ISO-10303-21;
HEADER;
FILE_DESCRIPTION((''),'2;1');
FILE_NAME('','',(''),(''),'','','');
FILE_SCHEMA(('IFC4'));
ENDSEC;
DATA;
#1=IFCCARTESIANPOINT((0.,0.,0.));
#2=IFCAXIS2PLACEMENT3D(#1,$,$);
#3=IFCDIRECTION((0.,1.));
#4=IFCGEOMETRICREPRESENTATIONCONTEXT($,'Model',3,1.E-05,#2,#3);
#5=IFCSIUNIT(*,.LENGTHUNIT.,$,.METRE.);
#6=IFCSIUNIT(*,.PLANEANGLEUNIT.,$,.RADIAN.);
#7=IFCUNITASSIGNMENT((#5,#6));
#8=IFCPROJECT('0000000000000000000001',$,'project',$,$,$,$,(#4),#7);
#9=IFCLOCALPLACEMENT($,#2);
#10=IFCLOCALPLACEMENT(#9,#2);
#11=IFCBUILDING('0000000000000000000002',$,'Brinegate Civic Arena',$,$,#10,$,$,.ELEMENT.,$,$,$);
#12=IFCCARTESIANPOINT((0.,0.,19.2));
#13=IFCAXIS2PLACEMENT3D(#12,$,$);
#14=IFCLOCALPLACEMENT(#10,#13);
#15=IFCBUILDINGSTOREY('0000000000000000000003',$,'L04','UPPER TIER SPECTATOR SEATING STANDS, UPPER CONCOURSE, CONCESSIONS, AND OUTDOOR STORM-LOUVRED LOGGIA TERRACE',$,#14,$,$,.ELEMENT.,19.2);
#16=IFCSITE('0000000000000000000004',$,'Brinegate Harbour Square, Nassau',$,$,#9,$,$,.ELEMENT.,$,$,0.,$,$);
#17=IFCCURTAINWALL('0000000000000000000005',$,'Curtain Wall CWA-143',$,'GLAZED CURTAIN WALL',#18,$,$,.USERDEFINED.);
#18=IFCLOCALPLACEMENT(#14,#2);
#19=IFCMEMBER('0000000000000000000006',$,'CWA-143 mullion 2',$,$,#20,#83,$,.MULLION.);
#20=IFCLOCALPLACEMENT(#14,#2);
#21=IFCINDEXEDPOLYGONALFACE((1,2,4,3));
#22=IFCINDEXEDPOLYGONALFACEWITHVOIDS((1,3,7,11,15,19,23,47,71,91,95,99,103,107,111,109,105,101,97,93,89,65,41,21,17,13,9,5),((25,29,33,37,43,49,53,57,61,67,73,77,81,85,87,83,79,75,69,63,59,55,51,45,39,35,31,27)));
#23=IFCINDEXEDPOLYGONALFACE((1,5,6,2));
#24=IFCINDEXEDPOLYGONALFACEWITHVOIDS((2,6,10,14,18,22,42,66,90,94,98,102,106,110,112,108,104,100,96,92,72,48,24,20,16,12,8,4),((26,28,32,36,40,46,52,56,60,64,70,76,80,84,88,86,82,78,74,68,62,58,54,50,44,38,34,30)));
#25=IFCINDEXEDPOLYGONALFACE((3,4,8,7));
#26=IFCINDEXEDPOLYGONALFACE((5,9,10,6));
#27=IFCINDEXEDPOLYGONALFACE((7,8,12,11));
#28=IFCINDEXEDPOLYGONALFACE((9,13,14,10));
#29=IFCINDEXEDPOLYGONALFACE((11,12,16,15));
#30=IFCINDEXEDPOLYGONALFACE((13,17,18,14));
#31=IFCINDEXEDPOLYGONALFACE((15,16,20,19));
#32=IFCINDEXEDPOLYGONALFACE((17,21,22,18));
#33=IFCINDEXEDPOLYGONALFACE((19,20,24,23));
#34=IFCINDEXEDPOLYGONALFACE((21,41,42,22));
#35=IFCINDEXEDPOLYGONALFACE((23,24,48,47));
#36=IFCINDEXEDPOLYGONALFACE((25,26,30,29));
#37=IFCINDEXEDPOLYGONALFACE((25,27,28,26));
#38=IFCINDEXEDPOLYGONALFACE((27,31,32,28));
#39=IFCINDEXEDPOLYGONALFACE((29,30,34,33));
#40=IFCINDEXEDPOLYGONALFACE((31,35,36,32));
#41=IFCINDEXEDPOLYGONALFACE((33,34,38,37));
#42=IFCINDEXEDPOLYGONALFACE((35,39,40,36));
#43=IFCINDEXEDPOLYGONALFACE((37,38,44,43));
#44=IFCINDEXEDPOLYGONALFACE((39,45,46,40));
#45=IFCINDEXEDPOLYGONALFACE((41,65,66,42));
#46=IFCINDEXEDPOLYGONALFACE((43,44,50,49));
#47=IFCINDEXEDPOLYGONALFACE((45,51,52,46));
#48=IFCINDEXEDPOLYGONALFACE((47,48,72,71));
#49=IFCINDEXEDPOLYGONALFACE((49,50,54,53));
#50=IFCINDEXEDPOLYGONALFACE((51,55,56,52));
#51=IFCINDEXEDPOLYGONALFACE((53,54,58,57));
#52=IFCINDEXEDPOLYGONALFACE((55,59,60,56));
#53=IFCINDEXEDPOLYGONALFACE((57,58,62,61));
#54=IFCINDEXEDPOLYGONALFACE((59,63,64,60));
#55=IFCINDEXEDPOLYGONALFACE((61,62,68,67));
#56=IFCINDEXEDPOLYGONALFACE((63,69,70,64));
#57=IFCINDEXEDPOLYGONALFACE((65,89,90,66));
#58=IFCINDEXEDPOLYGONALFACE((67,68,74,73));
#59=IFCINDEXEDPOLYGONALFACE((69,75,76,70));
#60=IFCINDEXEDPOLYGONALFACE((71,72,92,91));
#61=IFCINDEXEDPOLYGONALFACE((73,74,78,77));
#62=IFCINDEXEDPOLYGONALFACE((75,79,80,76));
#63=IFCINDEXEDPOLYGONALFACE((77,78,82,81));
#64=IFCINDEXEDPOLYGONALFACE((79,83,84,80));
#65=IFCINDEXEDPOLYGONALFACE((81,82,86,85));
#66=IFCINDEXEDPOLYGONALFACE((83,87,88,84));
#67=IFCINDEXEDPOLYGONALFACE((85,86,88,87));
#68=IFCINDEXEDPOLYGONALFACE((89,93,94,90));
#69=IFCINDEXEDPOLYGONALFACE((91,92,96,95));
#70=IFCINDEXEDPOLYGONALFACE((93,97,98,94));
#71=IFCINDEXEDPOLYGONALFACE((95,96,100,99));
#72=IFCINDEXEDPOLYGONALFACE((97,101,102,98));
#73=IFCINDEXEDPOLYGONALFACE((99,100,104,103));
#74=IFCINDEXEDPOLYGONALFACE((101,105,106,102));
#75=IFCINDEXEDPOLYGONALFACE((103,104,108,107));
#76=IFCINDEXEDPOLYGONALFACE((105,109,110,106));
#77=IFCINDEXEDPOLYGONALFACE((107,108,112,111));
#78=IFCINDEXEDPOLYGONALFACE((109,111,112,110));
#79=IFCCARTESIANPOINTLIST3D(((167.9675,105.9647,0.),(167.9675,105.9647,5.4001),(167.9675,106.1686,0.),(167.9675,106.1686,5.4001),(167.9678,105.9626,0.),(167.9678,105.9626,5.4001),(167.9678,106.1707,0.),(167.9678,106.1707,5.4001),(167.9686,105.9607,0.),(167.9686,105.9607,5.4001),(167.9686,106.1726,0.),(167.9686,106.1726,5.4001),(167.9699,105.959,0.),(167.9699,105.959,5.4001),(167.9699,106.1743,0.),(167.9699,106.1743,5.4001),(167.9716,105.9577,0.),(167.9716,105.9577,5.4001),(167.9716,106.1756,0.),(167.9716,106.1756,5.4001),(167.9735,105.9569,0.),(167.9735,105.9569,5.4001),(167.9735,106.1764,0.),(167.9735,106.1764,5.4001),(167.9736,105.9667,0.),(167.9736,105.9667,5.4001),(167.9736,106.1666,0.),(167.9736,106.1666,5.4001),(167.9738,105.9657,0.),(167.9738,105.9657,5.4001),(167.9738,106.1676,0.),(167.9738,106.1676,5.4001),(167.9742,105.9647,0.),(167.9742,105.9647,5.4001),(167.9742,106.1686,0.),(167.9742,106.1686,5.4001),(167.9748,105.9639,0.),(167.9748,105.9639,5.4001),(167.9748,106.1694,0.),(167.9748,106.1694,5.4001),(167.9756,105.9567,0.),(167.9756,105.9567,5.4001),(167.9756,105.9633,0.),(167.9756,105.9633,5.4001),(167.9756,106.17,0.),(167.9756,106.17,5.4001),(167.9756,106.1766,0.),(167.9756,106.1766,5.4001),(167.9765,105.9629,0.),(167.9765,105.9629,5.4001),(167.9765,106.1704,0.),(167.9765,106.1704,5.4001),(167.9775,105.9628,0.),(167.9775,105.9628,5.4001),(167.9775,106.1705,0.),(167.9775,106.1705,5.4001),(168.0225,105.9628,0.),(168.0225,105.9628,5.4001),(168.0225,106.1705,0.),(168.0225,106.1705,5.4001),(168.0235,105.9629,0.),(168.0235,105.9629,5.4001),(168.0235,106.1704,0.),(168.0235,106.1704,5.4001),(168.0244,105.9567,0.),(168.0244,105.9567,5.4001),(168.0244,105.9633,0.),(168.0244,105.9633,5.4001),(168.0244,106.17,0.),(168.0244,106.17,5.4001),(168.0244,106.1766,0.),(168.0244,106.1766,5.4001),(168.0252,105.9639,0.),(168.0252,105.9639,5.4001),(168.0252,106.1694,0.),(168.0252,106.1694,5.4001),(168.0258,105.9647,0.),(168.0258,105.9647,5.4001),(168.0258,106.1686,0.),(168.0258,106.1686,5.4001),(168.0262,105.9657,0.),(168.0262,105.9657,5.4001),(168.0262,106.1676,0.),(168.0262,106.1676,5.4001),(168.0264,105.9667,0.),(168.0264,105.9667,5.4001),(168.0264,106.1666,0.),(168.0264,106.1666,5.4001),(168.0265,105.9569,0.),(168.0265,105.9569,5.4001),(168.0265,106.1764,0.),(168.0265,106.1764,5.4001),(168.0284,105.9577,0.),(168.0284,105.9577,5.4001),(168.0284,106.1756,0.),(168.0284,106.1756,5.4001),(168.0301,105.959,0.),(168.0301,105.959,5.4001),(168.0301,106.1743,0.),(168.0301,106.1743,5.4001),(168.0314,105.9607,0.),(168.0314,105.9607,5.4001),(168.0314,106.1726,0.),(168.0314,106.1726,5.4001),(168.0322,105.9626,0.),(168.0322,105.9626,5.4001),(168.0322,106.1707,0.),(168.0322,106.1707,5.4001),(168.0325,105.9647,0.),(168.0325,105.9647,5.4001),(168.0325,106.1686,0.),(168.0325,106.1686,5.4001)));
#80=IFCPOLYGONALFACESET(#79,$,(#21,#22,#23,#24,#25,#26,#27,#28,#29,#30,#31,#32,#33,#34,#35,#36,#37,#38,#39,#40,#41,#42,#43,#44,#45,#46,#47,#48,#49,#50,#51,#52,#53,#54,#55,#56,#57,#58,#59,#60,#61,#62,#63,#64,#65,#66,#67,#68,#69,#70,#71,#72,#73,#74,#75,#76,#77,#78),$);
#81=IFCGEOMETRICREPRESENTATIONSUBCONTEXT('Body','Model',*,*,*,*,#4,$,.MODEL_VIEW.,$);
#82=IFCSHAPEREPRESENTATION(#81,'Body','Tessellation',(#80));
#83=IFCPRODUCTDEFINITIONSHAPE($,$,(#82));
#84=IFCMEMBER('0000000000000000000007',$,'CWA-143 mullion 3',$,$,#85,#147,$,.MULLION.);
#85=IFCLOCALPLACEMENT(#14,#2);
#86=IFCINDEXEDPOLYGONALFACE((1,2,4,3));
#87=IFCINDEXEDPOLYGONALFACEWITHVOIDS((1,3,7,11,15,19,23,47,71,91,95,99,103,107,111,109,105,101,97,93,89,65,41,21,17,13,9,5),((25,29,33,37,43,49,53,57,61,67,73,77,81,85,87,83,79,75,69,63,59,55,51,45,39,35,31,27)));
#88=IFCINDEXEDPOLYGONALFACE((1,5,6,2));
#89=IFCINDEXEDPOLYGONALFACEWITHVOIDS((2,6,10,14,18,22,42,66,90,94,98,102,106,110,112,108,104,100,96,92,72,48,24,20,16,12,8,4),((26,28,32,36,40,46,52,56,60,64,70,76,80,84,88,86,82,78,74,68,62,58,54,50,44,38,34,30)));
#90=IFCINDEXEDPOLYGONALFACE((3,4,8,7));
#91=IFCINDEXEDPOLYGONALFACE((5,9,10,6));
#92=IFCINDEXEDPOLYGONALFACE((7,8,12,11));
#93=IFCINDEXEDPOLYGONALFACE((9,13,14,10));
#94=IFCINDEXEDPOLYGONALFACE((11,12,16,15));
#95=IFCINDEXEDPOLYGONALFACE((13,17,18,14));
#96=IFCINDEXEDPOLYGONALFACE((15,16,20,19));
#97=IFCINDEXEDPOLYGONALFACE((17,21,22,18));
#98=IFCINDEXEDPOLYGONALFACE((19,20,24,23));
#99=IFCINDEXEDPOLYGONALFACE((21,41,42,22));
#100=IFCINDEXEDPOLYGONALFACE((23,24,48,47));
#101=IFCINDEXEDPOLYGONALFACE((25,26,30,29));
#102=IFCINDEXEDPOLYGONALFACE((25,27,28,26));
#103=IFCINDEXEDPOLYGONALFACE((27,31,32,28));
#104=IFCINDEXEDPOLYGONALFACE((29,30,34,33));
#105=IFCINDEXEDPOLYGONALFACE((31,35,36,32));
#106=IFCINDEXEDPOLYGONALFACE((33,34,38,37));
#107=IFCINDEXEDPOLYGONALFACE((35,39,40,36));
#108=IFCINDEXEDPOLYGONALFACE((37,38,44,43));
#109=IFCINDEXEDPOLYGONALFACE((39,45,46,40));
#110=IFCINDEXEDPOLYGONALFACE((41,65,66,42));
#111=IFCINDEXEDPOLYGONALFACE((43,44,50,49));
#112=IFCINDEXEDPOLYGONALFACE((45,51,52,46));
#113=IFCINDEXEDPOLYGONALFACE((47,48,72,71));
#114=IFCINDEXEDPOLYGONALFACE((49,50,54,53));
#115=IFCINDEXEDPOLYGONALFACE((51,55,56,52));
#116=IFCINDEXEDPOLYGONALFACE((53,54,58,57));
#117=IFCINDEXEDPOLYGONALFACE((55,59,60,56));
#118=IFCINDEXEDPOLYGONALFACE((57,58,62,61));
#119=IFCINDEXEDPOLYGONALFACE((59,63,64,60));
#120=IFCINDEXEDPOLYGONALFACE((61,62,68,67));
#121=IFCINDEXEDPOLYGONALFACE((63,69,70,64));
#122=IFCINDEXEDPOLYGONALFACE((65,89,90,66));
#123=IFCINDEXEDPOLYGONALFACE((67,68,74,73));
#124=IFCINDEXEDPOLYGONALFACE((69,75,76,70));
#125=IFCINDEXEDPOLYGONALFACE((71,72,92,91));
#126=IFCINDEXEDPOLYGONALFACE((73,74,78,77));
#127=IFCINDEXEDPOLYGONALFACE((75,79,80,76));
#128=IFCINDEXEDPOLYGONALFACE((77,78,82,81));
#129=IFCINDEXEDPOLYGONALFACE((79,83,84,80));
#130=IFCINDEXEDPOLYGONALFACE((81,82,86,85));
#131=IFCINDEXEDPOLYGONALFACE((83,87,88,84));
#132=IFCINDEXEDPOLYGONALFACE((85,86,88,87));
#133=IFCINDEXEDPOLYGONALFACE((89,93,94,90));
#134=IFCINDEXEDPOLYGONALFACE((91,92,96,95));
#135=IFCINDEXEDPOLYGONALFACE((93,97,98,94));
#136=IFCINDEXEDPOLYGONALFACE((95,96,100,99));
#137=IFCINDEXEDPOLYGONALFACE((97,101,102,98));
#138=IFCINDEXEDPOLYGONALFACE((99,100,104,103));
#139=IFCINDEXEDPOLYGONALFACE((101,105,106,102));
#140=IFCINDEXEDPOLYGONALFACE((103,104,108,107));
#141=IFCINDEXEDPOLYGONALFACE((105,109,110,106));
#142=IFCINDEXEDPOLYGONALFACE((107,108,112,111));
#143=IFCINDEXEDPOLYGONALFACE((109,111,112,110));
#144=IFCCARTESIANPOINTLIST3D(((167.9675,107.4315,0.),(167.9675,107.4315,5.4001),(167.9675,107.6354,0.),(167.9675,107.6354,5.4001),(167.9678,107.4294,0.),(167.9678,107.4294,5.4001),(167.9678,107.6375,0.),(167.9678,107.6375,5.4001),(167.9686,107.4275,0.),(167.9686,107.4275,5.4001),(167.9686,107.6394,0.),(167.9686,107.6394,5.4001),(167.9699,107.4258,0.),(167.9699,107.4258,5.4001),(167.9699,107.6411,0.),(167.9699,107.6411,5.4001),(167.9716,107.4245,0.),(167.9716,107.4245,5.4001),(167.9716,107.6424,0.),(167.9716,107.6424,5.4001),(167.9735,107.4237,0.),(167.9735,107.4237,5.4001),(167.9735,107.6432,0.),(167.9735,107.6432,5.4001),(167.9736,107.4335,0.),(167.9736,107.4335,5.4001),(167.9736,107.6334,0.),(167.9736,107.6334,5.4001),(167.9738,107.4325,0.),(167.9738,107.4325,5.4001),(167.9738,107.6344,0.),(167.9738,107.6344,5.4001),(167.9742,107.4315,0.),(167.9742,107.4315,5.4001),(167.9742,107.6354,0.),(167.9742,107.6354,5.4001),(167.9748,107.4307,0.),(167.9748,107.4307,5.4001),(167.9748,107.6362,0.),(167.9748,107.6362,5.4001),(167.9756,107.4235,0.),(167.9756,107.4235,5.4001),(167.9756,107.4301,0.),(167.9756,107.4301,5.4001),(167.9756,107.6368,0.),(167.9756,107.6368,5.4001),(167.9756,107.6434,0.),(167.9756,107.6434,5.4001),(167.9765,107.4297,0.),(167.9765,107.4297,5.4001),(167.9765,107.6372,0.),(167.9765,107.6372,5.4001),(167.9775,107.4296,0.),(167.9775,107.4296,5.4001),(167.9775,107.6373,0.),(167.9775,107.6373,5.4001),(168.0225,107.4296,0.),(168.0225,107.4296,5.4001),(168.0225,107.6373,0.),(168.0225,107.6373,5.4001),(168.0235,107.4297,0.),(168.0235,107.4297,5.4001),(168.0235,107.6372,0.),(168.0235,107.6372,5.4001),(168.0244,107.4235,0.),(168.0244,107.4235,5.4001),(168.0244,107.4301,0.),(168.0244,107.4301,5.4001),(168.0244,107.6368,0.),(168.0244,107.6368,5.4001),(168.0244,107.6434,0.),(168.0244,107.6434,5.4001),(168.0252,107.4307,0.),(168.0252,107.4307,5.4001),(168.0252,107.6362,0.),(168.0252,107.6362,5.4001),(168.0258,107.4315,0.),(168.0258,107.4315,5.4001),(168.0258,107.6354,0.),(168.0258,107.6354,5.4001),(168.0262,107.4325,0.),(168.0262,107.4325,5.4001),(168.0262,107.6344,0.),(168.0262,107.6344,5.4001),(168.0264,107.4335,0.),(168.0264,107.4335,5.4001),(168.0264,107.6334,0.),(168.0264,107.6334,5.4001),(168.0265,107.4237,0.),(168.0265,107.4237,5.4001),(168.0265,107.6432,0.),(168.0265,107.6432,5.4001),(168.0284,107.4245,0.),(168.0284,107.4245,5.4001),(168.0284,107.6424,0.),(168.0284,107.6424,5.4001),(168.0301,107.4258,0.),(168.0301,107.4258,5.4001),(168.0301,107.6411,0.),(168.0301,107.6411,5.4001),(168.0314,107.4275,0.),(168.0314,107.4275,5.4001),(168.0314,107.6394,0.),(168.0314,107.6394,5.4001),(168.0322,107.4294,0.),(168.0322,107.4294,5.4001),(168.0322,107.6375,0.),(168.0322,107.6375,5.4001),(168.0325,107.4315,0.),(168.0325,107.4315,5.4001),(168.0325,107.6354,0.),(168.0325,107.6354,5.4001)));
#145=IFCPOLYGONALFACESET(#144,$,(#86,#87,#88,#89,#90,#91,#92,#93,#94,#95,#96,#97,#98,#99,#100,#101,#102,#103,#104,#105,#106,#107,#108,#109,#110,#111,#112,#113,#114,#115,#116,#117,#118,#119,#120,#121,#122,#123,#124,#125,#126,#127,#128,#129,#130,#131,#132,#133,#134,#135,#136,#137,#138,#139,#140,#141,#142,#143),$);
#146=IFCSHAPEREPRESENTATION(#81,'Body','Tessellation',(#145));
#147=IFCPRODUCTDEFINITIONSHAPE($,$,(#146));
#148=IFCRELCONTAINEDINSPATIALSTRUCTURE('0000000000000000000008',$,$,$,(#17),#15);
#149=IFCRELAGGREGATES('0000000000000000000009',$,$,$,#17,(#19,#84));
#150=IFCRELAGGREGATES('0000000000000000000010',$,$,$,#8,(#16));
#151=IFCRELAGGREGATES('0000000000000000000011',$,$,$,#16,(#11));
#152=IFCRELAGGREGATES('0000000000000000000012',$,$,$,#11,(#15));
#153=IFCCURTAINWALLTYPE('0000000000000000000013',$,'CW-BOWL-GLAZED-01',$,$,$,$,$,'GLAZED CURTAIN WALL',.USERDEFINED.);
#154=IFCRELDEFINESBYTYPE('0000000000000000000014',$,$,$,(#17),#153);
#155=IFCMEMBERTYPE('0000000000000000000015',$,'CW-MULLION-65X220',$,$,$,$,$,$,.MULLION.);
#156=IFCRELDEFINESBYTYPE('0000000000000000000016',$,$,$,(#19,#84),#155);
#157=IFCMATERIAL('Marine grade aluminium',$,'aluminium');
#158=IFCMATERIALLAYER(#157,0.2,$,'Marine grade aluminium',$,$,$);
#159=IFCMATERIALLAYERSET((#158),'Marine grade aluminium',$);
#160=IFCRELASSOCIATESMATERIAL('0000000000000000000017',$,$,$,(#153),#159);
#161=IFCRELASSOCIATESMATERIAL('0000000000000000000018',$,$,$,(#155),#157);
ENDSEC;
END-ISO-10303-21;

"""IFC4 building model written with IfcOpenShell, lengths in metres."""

from ifc_helpers import new_model, si_unit, direction, frame, origin, origin_2d, place, context, subcontext, project, spatial, hollow_rectangle, extrude, material, layer, layer_set, material_profile, profile_set, type_object, element, aggregate, save


model = new_model("IFC4")

# Units and contexts
model_context = context("Model", 3, precision=1e-05, world=origin(), true_north=direction((0.0, 1.0)))
body_context = subcontext(model_context, "Body", "Model", "MODEL_VIEW")
ifc_project = project(units=[si_unit("LENGTHUNIT", "METRE"), si_unit("PLANEANGLEUNIT", "RADIAN")], contexts=[model_context])

# Site, building, storey
site_placement = place(None, origin())
site = spatial("IfcSite", under=ifc_project, at=site_placement, Name="Brinegate Harbour Square, Nassau", CompositionType="ELEMENT", RefElevation=0.0)
building_placement = place(site_placement, origin())
building = spatial("IfcBuilding", under=site, at=building_placement, Name="Brinegate Civic Arena", CompositionType="ELEMENT")
storey_placement = place(building_placement, frame((0.0, 0.0, 19.2)))
storey = spatial("IfcBuildingStorey", under=building, at=storey_placement, Name="L04", Description="UPPER TIER SPECTATOR SEATING STANDS, UPPER CONCOURSE, CONCESSIONS, AND OUTDOOR STORM-LOUVRED LOGGIA TERRACE", CompositionType="ELEMENT", Elevation=19.2)

# Shared definitions
ifc_material_1 = material(Name="Marine grade aluminium", Category="aluminium")
ifc_layer_1 = layer(ifc_material_1, 0.2, Name="Marine grade aluminium")
ifc_layer_set_1 = layer_set([ifc_layer_1], Name="Marine grade aluminium")
curtain_wall_type = type_object("IfcCurtainWallType", Name="CW-BOWL-GLAZED-01", ElementType="GLAZED CURTAIN WALL", PredefinedType="USERDEFINED", material=ifc_layer_set_1)

# Curtain wall, members
curtain_wall_1_placement = place(storey_placement, origin())
curtain_wall_1 = element("IfcCurtainWall", 1, at=curtain_wall_1_placement, inside=storey, type_object=curtain_wall_type, Name="Curtain Wall CWA-143", ObjectType="GLAZED CURTAIN WALL", PredefinedType="USERDEFINED")
ifc_material_profile_1 = material_profile(ifc_material_1, hollow_rectangle(XDim=0.0649, YDim=0.22, WallThickness=0.0061, InnerFilletRadius=0.0039, OuterFilletRadius=0.0081, at=origin_2d()), Name="MUL65X220")
ifc_profile_set_1 = profile_set([ifc_material_profile_1], Name="Marine grade aluminium")
member_type_1 = type_object("IfcMemberType", Name="CW-MULLION-65X220", PredefinedType="MULLION", material=ifc_profile_set_1)
member_1_placement = place(storey_placement, frame((168.0, 106.0667, 0.0), z_axis=(0.0, 0.0, 1.0), x_axis=(-1.0, 0.0, 0.0)))
member_1 = element("IfcMember", 2, at=member_1_placement, type_object=member_type_1, Name="CWA-143 mullion 2", PredefinedType="MULLION", context=body_context, shape_type="SweptSolid", body=[
    extrude(hollow_rectangle(XDim=0.0649, YDim=0.22, WallThickness=0.0061, InnerFilletRadius=0.0039, OuterFilletRadius=0.0081, at=origin_2d()), origin(), (0.0, 0.0, 1.0), 5.4001),
])
member_2_placement = place(storey_placement, frame((168.0, 107.5334, 0.0), z_axis=(0.0, 0.0, 1.0), x_axis=(-1.0, 0.0, 0.0)))
member_2 = element("IfcMember", 3, at=member_2_placement, type_object=member_type_1, Name="CWA-143 mullion 3", PredefinedType="MULLION", context=body_context, shape_type="SweptSolid", body=[
    extrude(hollow_rectangle(XDim=0.0649, YDim=0.22, WallThickness=0.0061, InnerFilletRadius=0.0039, OuterFilletRadius=0.0081, at=origin_2d()), origin(), (0.0, 0.0, 1.0), 5.4001),
])

aggregate(curtain_wall_1, [member_1, member_2])

save(model, "model.ifc")
